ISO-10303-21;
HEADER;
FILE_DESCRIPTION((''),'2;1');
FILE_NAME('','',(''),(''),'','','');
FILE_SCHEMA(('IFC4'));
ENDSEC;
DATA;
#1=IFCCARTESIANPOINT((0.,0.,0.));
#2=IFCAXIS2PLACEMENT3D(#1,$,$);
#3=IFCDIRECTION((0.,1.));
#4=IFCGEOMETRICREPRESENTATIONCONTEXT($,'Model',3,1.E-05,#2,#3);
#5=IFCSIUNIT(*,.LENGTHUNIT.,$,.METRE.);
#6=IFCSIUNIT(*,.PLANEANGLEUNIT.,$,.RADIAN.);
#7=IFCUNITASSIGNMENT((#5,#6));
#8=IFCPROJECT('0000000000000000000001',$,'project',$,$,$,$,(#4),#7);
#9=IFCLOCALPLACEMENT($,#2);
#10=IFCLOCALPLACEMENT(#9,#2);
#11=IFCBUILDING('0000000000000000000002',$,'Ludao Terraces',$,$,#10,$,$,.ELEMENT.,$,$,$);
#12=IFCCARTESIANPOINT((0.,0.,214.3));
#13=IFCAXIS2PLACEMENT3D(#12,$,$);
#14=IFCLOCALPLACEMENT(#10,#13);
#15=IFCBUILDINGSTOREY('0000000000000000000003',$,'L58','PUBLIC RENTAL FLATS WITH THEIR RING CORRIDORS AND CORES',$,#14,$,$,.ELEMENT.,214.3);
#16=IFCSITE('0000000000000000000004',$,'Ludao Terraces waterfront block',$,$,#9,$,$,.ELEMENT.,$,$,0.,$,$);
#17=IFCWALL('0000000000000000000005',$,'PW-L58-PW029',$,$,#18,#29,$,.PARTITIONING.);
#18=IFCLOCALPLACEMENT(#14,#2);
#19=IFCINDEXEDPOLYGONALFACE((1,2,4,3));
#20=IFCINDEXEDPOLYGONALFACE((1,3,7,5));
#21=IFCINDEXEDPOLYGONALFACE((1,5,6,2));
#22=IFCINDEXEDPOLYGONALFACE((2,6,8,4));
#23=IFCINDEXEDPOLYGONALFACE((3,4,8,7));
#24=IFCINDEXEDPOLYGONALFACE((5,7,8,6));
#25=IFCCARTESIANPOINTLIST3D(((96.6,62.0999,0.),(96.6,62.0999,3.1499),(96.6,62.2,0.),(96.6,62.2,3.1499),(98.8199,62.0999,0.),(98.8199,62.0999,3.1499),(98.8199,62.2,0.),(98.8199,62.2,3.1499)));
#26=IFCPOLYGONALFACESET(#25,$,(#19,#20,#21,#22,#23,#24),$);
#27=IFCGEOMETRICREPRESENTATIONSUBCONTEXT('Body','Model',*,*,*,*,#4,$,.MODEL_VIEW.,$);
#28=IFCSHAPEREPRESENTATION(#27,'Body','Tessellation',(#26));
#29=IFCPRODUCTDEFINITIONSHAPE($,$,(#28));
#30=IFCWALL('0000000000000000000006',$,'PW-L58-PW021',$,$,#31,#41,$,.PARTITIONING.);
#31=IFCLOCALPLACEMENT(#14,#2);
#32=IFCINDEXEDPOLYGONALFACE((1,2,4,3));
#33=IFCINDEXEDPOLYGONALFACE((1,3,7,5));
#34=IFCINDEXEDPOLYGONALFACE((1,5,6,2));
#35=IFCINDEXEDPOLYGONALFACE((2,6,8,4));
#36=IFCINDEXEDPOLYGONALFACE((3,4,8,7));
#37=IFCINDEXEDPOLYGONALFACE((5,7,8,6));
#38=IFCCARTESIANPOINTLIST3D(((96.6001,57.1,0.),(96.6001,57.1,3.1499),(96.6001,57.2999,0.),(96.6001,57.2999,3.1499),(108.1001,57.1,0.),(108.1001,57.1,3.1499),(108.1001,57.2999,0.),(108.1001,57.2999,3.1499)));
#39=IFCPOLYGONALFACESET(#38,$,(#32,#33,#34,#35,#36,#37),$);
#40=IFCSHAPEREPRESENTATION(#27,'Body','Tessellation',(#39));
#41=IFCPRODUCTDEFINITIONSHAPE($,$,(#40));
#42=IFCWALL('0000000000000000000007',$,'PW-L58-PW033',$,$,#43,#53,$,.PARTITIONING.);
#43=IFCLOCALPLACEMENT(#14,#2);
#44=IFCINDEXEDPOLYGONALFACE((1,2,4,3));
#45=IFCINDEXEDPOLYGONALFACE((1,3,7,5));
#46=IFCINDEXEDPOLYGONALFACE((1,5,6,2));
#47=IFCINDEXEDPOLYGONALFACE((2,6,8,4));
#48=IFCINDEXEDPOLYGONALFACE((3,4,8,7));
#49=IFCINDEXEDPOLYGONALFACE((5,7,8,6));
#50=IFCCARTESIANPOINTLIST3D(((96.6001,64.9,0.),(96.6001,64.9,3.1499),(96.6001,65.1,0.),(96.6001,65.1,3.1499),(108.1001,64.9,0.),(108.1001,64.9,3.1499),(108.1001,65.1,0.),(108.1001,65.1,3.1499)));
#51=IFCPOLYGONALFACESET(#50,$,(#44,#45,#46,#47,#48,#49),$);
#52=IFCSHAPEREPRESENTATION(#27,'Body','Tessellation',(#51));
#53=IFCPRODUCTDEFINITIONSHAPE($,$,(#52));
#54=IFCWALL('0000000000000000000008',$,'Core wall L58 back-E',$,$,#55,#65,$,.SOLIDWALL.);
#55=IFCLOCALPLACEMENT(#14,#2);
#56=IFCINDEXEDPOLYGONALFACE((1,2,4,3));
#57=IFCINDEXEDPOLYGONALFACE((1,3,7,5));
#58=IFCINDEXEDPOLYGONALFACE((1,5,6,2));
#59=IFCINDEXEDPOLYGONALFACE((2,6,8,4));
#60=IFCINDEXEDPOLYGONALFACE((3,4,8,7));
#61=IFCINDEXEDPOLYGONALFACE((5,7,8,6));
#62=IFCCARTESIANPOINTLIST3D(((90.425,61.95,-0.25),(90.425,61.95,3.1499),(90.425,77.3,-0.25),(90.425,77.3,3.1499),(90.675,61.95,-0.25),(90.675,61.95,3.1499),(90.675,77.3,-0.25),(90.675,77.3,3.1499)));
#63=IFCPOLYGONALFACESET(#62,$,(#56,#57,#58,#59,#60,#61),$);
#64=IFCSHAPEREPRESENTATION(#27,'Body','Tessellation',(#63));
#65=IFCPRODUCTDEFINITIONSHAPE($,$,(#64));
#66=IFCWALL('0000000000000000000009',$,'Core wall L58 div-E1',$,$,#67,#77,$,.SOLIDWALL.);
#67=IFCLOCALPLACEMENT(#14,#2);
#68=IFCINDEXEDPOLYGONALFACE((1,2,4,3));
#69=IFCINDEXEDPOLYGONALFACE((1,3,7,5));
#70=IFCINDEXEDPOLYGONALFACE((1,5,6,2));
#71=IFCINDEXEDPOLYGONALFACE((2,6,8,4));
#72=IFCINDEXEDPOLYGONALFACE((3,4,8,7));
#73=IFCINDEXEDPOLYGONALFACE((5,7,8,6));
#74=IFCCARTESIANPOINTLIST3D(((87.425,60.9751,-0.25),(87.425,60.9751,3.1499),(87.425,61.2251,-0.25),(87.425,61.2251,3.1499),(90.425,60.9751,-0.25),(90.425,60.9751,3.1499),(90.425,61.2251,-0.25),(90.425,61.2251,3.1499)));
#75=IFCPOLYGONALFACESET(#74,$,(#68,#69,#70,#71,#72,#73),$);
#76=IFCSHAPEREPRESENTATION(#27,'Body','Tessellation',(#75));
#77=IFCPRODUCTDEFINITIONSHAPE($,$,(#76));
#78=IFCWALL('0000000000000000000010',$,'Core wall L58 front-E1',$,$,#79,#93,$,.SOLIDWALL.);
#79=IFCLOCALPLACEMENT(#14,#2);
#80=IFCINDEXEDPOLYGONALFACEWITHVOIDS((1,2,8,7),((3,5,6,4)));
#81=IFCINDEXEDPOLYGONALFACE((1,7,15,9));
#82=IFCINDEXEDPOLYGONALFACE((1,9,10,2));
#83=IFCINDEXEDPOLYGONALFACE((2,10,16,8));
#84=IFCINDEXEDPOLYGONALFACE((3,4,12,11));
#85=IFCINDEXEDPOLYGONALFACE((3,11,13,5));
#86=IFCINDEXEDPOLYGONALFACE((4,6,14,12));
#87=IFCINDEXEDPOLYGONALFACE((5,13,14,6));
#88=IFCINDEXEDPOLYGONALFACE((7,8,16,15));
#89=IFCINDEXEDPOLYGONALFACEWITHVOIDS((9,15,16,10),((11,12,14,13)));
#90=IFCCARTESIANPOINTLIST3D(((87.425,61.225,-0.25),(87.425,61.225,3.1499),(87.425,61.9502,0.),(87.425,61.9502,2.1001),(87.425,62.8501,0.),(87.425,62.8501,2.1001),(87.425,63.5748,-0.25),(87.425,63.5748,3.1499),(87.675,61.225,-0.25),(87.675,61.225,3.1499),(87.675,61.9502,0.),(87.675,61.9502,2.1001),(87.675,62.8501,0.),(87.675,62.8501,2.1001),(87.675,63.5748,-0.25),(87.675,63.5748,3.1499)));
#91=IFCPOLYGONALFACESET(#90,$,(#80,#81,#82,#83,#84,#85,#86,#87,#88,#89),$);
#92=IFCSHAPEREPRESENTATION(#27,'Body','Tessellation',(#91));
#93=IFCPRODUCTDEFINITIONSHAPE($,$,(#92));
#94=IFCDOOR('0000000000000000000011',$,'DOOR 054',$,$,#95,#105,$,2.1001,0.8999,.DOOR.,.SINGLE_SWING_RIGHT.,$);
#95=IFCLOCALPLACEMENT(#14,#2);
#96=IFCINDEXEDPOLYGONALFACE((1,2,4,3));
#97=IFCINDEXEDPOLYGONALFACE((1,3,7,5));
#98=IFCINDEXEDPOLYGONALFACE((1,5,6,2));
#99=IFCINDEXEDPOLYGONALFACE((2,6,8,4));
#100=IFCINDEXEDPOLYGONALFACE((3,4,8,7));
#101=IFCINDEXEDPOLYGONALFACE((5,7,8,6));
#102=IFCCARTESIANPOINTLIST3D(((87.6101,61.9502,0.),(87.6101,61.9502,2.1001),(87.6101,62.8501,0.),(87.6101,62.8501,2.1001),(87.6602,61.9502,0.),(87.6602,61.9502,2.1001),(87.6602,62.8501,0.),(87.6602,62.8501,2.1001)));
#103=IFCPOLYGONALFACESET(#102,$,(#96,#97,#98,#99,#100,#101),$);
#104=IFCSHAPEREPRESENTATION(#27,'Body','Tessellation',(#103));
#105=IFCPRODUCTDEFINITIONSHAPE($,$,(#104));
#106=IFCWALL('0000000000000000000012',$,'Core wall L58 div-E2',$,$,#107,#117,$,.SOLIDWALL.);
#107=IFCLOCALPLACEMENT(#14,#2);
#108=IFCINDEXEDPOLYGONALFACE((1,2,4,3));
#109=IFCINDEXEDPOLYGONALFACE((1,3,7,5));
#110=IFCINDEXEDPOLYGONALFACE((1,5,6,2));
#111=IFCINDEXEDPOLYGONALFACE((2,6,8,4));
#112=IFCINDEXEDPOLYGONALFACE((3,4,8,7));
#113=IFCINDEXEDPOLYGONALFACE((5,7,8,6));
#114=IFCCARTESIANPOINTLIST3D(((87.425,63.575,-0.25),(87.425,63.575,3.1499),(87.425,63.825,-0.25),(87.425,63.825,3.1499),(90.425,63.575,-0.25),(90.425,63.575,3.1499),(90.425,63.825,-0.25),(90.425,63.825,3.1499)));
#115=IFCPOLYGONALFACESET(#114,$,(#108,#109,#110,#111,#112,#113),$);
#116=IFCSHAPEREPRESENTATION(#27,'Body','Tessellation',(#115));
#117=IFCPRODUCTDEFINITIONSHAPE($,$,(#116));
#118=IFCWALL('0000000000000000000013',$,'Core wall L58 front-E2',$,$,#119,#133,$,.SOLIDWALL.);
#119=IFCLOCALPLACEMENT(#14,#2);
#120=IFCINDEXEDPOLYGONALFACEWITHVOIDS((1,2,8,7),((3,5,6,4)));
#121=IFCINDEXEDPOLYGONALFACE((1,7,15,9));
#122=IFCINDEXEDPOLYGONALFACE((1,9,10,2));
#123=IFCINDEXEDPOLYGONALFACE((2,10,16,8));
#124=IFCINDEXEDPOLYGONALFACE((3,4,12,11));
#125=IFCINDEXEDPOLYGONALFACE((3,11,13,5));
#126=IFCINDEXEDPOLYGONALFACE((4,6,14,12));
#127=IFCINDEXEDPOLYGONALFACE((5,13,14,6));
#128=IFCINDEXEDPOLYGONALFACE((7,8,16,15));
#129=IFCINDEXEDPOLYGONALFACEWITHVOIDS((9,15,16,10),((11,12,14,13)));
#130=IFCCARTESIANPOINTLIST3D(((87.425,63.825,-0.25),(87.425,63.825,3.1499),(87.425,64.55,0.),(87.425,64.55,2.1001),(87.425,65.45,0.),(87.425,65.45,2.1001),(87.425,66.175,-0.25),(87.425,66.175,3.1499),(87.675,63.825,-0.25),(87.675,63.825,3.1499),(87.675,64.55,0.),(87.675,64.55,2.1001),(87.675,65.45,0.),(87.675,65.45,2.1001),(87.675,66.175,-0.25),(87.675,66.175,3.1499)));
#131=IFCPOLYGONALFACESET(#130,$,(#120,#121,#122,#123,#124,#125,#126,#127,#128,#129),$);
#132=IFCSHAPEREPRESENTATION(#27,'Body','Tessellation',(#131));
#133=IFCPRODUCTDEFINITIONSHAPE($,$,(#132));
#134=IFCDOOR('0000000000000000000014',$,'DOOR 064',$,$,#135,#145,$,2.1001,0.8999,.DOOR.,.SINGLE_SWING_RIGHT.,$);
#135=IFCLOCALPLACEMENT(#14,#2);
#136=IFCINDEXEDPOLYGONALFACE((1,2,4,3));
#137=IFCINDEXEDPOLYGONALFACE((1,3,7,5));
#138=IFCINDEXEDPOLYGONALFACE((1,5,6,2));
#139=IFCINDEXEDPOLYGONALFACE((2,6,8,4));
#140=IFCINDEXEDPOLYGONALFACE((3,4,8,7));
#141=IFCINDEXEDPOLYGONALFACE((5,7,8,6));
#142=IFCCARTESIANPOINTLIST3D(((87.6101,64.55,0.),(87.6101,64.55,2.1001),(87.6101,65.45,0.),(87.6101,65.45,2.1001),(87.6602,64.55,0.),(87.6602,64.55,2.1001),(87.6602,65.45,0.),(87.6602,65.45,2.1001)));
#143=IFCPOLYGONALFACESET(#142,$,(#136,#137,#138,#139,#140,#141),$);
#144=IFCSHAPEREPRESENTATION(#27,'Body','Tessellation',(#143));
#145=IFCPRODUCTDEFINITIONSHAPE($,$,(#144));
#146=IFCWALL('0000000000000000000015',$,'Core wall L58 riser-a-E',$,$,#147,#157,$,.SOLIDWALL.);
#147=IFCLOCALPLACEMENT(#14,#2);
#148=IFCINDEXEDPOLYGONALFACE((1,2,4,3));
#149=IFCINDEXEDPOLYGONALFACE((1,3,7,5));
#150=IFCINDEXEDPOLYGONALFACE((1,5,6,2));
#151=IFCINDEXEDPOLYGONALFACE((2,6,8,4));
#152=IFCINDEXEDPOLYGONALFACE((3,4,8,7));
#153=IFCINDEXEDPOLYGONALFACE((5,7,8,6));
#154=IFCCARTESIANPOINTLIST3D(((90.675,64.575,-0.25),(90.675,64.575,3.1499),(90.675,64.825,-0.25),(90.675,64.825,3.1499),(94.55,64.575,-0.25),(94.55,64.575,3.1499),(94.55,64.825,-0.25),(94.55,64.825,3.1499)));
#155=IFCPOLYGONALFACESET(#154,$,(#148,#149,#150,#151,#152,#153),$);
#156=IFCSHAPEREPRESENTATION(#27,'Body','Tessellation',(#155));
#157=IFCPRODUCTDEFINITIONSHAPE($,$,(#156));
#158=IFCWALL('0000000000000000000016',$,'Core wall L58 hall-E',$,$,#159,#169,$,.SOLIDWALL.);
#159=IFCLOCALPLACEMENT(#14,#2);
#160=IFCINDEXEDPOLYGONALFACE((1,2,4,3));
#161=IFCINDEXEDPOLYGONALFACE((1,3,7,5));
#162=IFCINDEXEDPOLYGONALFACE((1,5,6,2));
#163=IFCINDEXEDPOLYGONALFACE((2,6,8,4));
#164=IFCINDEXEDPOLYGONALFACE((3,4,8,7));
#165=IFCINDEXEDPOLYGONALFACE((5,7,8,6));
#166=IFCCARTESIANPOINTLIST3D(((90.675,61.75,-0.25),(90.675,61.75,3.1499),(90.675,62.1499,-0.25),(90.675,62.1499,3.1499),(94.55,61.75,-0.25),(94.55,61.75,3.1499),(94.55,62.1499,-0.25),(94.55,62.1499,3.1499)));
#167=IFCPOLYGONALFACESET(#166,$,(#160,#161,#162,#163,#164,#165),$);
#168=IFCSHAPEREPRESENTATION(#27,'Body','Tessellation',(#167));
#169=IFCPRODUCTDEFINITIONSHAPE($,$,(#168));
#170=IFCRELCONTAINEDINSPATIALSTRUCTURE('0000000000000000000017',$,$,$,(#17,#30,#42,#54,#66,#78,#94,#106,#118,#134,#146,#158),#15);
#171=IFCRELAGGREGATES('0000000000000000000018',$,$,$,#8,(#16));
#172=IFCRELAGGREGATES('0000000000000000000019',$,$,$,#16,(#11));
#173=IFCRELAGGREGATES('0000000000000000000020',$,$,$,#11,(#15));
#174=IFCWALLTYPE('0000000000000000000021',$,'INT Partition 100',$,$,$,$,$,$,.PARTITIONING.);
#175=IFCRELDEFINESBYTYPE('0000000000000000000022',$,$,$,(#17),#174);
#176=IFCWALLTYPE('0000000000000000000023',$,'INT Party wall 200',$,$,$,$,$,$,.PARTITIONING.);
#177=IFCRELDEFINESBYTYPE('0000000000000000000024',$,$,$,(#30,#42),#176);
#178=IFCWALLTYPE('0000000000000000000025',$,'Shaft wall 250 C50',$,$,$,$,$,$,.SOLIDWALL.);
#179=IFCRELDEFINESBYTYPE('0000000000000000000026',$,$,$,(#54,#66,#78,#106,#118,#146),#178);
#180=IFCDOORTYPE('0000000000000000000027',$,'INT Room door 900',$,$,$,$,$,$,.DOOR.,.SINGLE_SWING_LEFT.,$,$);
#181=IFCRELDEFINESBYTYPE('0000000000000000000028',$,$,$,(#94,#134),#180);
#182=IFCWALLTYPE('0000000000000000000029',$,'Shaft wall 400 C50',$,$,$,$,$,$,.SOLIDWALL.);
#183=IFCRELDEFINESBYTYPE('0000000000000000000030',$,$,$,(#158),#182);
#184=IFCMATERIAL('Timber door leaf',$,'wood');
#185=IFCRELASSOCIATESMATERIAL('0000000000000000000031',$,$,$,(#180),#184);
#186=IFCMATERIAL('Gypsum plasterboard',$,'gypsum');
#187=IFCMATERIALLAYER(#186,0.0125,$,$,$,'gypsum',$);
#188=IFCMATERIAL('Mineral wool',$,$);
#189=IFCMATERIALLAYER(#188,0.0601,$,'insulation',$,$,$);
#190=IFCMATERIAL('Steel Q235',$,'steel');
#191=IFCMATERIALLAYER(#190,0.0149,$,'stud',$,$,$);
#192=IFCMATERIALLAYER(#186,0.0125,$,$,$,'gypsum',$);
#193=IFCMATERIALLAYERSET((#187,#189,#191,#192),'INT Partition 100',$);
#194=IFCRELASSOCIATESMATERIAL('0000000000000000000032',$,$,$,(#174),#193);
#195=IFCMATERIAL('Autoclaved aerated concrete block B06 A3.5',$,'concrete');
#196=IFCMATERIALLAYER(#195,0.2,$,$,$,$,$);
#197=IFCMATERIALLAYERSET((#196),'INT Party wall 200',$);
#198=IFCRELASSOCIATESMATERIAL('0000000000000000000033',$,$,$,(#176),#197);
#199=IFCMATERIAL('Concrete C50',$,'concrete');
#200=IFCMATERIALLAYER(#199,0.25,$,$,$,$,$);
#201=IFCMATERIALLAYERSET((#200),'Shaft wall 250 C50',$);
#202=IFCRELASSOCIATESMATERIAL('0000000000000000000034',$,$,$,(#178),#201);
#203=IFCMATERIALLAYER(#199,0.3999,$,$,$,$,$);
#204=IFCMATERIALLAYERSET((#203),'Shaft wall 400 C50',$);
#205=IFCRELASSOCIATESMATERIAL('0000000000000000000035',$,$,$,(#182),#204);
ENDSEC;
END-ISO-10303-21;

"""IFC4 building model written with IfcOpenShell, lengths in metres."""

from ifc_helpers import new_model, si_unit, direction, frame, frame_2d, origin, place, context, subcontext, project, spatial, rectangle, extrude, material, layer, layer_set, type_object, element, fill, save


model = new_model("IFC4")

# Units and contexts
model_context = context("Model", 3, precision=1e-05, world=origin(), true_north=direction((0.0, 1.0)))
body_context = subcontext(model_context, "Body", "Model", "MODEL_VIEW")
ifc_project = project(units=[si_unit("LENGTHUNIT", "METRE"), si_unit("PLANEANGLEUNIT", "RADIAN")], contexts=[model_context])

# Site, building, storey
site_placement = place(None, origin())
site = spatial("IfcSite", under=ifc_project, at=site_placement, Name="Ludao Terraces waterfront block", CompositionType="ELEMENT", RefElevation=0.0)
building_placement = place(site_placement, origin())
building = spatial("IfcBuilding", under=site, at=building_placement, Name="Ludao Terraces", CompositionType="ELEMENT")
storey_placement = place(building_placement, frame((0.0, 0.0, 214.3)))
storey = spatial("IfcBuildingStorey", under=building, at=storey_placement, Name="L58", Description="PUBLIC RENTAL FLATS WITH THEIR RING CORRIDORS AND CORES", CompositionType="ELEMENT", Elevation=214.3)

# Shared definitions
ifc_material_1 = material(Name="Concrete C50", Category="concrete")
ifc_material_2 = material(Name="Steel Q235", Category="steel")
ifc_material_3 = material(Name="Timber door leaf", Category="wood")
door_type_1 = type_object("IfcDoorType", Name="INT Room door 900", OperationType="SINGLE_SWING_LEFT", PredefinedType="DOOR", material=ifc_material_3)

# Shared definitions
ifc_material_4 = material(Name="Mineral wool")

# Walls
ifc_material_5 = material(Name="Gypsum plasterboard", Category="gypsum")
ifc_layer_1 = layer(ifc_material_5, 0.0125, Category="gypsum")
ifc_layer_2 = layer(ifc_material_4, 0.0601, Name="insulation")
ifc_layer_3 = layer(ifc_material_2, 0.0149, Name="stud")
ifc_layer_4 = layer(ifc_material_5, 0.0125, Category="gypsum")
ifc_layer_set_1 = layer_set([ifc_layer_1, ifc_layer_2, ifc_layer_3, ifc_layer_4], Name="INT Partition 100")
wall_type_1 = type_object("IfcWallType", Name="INT Partition 100", PredefinedType="PARTITIONING", material=ifc_layer_set_1)
for number, where, z_axis, x_axis, name in (
    (1, (96.6001, 62.1499, 0.0), (0.0, 0.0, 1.0), (1.0, 0.0, 0.0), "PW-L58-PW029"),
):
    element("IfcWall", number, at=place(storey_placement, frame(where, z_axis=z_axis, x_axis=x_axis)), inside=storey, type_object=wall_type_1, Name=name, PredefinedType="PARTITIONING", context=body_context, shape_type="SweptSolid", body=[
        extrude(rectangle(XDim=2.22, YDim=0.1001, at=frame_2d((1.1099, 0.0))), origin(), (0.0, 0.0, 1.0), 3.1499),
    ])
ifc_material_6 = material(Name="Autoclaved aerated concrete block B06 A3.5", Category="concrete")
ifc_layer_5 = layer(ifc_material_6, 0.2)
ifc_layer_set_2 = layer_set([ifc_layer_5], Name="INT Party wall 200")
wall_type_2 = type_object("IfcWallType", Name="INT Party wall 200", PredefinedType="PARTITIONING", material=ifc_layer_set_2)
for number, where, z_axis, x_axis, name in (
    (2, (96.6001, 57.2, 0.0), (0.0, 0.0, 1.0), (1.0, 0.0, 0.0), "PW-L58-PW021"),
    (3, (96.6001, 65.0, 0.0), (0.0, 0.0, 1.0), (1.0, 0.0, 0.0), "PW-L58-PW033"),
):
    element("IfcWall", number, at=place(storey_placement, frame(where, z_axis=z_axis, x_axis=x_axis)), inside=storey, type_object=wall_type_2, Name=name, PredefinedType="PARTITIONING", context=body_context, shape_type="SweptSolid", body=[
        extrude(rectangle(XDim=11.5, YDim=0.2, at=frame_2d((5.75, 0.0))), origin(), (0.0, 0.0, 1.0), 3.1499),
    ])
ifc_layer_6 = layer(ifc_material_1, 0.25)
ifc_layer_set_3 = layer_set([ifc_layer_6], Name="Shaft wall 250 C50")
wall_type_3 = type_object("IfcWallType", Name="Shaft wall 250 C50", PredefinedType="SOLIDWALL", material=ifc_layer_set_3)
wall_1_placement = place(storey_placement, frame((90.55, 61.95, -0.25), z_axis=(0.0, 0.0, 1.0), x_axis=(0.0, 1.0, 0.0)))
element("IfcWall", 4, at=wall_1_placement, inside=storey, type_object=wall_type_3, Name="Core wall L58 back-E", PredefinedType="SOLIDWALL", context=body_context, shape_type="SweptSolid", body=[
    extrude(rectangle(XDim=15.3501, YDim=0.25, at=frame_2d((7.675, 0.0))), origin(), (0.0, 0.0, 1.0), 3.3999),
])
wall_2_placement = place(storey_placement, frame((87.425, 61.1001, -0.25), z_axis=(0.0, 0.0, 1.0), x_axis=(1.0, 0.0, 0.0)))
element("IfcWall", 5, at=wall_2_placement, inside=storey, type_object=wall_type_3, Name="Core wall L58 div-E1", PredefinedType="SOLIDWALL", context=body_context, shape_type="SweptSolid", body=[
    extrude(rectangle(XDim=3.0, YDim=0.25, at=frame_2d((1.5, 0.0))), origin(), (0.0, 0.0, 1.0), 3.3999),
])

# Wall, opening, door
wall_3_placement = place(storey_placement, frame((87.55, 61.2251, -0.25), z_axis=(0.0, 0.0, 1.0), x_axis=(0.0, 1.0, 0.0)))
wall_3 = element("IfcWall", 6, at=wall_3_placement, inside=storey, type_object=wall_type_3, Name="Core wall L58 front-E1", PredefinedType="SOLIDWALL", context=body_context, shape_type="SweptSolid", body=[
    extrude(rectangle(XDim=2.3499, YDim=0.25, at=frame_2d((1.1748, 0.0))), origin(), (0.0, 0.0, 1.0), 3.3999),
])
opening_1_placement = place(wall_3_placement, frame((0.7251, 0.0, 0.25)))
opening_1 = element("IfcOpeningElement", 7, at=opening_1_placement, cuts=wall_3, PredefinedType="OPENING", context=body_context, shape_type="SweptSolid", body=[
    extrude(rectangle(XDim=0.8999, YDim=2.1001, at=frame_2d((0.45, 1.05))), frame((0.0, 0.135, 0.0), z_axis=(0.0, -1.0, 0.0), x_axis=(1.0, 0.0, 0.0)), (0.0, 0.0, 1.0), 0.27),
])
door_1_placement = place(opening_1_placement, origin())
door_1 = element("IfcDoor", 8, at=door_1_placement, inside=storey, type_object=door_type_1, Name="DOOR 054", OperationType="SINGLE_SWING_RIGHT", OverallHeight=2.1001, OverallWidth=0.8999, PredefinedType="DOOR", context=body_context, shape_type="SweptSolid", body=[
    extrude(rectangle(XDim=0.8999, YDim=2.1001, at=frame_2d((0.45, 1.05))), frame((0.0, -0.0601, 0.0), z_axis=(0.0, -1.0, 0.0), x_axis=(1.0, 0.0, 0.0)), (0.0, 0.0, 1.0), 0.05),
])
fill(opening_1, door_1)

# Wall
wall_4_placement = place(storey_placement, frame((87.425, 63.7, -0.25), z_axis=(0.0, 0.0, 1.0), x_axis=(1.0, 0.0, 0.0)))
element("IfcWall", 9, at=wall_4_placement, inside=storey, type_object=wall_type_3, Name="Core wall L58 div-E2", PredefinedType="SOLIDWALL", context=body_context, shape_type="SweptSolid", body=[
    extrude(rectangle(XDim=3.0, YDim=0.25, at=frame_2d((1.5, 0.0))), origin(), (0.0, 0.0, 1.0), 3.3999),
])

# Wall, opening, door
wall_5_placement = place(storey_placement, frame((87.55, 63.825, -0.25), z_axis=(0.0, 0.0, 1.0), x_axis=(0.0, 1.0, 0.0)))
wall_5 = element("IfcWall", 10, at=wall_5_placement, inside=storey, type_object=wall_type_3, Name="Core wall L58 front-E2", PredefinedType="SOLIDWALL", context=body_context, shape_type="SweptSolid", body=[
    extrude(rectangle(XDim=2.3501, YDim=0.25, at=frame_2d((1.175, 0.0))), origin(), (0.0, 0.0, 1.0), 3.3999),
])
opening_2_placement = place(wall_5_placement, frame((0.7251, 0.0, 0.25)))
opening_2 = element("IfcOpeningElement", 11, at=opening_2_placement, cuts=wall_5, PredefinedType="OPENING", context=body_context, shape_type="SweptSolid", body=[
    extrude(rectangle(XDim=0.8999, YDim=2.1001, at=frame_2d((0.45, 1.05))), frame((0.0, 0.135, 0.0), z_axis=(0.0, -1.0, 0.0), x_axis=(1.0, 0.0, 0.0)), (0.0, 0.0, 1.0), 0.27),
])
door_2_placement = place(opening_2_placement, origin())
door_2 = element("IfcDoor", 12, at=door_2_placement, inside=storey, type_object=door_type_1, Name="DOOR 064", OperationType="SINGLE_SWING_RIGHT", OverallHeight=2.1001, OverallWidth=0.8999, PredefinedType="DOOR", context=body_context, shape_type="SweptSolid", body=[
    extrude(rectangle(XDim=0.8999, YDim=2.1001, at=frame_2d((0.45, 1.05))), frame((0.0, -0.0601, 0.0), z_axis=(0.0, -1.0, 0.0), x_axis=(1.0, 0.0, 0.0)), (0.0, 0.0, 1.0), 0.05),
])
fill(opening_2, door_2)

# Walls
wall_6_placement = place(storey_placement, frame((90.675, 64.7, -0.25), z_axis=(0.0, 0.0, 1.0), x_axis=(1.0, 0.0, 0.0)))
element("IfcWall", 13, at=wall_6_placement, inside=storey, type_object=wall_type_3, Name="Core wall L58 riser-a-E", PredefinedType="SOLIDWALL", context=body_context, shape_type="SweptSolid", body=[
    extrude(rectangle(XDim=3.875, YDim=0.25, at=frame_2d((1.9375, 0.0))), origin(), (0.0, 0.0, 1.0), 3.3999),
])
ifc_layer_7 = layer(ifc_material_1, 0.3999)
ifc_layer_set_4 = layer_set([ifc_layer_7], Name="Shaft wall 400 C50")
wall_type_4 = type_object("IfcWallType", Name="Shaft wall 400 C50", PredefinedType="SOLIDWALL", material=ifc_layer_set_4)
wall_7_placement = place(storey_placement, frame((90.675, 61.95, -0.25), z_axis=(0.0, 0.0, 1.0), x_axis=(1.0, 0.0, 0.0)))
element("IfcWall", 14, at=wall_7_placement, inside=storey, type_object=wall_type_4, Name="Core wall L58 hall-E", PredefinedType="SOLIDWALL", context=body_context, shape_type="SweptSolid", body=[
    extrude(rectangle(XDim=3.875, YDim=0.3999, at=frame_2d((1.9375, 0.0))), origin(), (0.0, 0.0, 1.0), 3.3999),
])

save(model, "model.ifc")
